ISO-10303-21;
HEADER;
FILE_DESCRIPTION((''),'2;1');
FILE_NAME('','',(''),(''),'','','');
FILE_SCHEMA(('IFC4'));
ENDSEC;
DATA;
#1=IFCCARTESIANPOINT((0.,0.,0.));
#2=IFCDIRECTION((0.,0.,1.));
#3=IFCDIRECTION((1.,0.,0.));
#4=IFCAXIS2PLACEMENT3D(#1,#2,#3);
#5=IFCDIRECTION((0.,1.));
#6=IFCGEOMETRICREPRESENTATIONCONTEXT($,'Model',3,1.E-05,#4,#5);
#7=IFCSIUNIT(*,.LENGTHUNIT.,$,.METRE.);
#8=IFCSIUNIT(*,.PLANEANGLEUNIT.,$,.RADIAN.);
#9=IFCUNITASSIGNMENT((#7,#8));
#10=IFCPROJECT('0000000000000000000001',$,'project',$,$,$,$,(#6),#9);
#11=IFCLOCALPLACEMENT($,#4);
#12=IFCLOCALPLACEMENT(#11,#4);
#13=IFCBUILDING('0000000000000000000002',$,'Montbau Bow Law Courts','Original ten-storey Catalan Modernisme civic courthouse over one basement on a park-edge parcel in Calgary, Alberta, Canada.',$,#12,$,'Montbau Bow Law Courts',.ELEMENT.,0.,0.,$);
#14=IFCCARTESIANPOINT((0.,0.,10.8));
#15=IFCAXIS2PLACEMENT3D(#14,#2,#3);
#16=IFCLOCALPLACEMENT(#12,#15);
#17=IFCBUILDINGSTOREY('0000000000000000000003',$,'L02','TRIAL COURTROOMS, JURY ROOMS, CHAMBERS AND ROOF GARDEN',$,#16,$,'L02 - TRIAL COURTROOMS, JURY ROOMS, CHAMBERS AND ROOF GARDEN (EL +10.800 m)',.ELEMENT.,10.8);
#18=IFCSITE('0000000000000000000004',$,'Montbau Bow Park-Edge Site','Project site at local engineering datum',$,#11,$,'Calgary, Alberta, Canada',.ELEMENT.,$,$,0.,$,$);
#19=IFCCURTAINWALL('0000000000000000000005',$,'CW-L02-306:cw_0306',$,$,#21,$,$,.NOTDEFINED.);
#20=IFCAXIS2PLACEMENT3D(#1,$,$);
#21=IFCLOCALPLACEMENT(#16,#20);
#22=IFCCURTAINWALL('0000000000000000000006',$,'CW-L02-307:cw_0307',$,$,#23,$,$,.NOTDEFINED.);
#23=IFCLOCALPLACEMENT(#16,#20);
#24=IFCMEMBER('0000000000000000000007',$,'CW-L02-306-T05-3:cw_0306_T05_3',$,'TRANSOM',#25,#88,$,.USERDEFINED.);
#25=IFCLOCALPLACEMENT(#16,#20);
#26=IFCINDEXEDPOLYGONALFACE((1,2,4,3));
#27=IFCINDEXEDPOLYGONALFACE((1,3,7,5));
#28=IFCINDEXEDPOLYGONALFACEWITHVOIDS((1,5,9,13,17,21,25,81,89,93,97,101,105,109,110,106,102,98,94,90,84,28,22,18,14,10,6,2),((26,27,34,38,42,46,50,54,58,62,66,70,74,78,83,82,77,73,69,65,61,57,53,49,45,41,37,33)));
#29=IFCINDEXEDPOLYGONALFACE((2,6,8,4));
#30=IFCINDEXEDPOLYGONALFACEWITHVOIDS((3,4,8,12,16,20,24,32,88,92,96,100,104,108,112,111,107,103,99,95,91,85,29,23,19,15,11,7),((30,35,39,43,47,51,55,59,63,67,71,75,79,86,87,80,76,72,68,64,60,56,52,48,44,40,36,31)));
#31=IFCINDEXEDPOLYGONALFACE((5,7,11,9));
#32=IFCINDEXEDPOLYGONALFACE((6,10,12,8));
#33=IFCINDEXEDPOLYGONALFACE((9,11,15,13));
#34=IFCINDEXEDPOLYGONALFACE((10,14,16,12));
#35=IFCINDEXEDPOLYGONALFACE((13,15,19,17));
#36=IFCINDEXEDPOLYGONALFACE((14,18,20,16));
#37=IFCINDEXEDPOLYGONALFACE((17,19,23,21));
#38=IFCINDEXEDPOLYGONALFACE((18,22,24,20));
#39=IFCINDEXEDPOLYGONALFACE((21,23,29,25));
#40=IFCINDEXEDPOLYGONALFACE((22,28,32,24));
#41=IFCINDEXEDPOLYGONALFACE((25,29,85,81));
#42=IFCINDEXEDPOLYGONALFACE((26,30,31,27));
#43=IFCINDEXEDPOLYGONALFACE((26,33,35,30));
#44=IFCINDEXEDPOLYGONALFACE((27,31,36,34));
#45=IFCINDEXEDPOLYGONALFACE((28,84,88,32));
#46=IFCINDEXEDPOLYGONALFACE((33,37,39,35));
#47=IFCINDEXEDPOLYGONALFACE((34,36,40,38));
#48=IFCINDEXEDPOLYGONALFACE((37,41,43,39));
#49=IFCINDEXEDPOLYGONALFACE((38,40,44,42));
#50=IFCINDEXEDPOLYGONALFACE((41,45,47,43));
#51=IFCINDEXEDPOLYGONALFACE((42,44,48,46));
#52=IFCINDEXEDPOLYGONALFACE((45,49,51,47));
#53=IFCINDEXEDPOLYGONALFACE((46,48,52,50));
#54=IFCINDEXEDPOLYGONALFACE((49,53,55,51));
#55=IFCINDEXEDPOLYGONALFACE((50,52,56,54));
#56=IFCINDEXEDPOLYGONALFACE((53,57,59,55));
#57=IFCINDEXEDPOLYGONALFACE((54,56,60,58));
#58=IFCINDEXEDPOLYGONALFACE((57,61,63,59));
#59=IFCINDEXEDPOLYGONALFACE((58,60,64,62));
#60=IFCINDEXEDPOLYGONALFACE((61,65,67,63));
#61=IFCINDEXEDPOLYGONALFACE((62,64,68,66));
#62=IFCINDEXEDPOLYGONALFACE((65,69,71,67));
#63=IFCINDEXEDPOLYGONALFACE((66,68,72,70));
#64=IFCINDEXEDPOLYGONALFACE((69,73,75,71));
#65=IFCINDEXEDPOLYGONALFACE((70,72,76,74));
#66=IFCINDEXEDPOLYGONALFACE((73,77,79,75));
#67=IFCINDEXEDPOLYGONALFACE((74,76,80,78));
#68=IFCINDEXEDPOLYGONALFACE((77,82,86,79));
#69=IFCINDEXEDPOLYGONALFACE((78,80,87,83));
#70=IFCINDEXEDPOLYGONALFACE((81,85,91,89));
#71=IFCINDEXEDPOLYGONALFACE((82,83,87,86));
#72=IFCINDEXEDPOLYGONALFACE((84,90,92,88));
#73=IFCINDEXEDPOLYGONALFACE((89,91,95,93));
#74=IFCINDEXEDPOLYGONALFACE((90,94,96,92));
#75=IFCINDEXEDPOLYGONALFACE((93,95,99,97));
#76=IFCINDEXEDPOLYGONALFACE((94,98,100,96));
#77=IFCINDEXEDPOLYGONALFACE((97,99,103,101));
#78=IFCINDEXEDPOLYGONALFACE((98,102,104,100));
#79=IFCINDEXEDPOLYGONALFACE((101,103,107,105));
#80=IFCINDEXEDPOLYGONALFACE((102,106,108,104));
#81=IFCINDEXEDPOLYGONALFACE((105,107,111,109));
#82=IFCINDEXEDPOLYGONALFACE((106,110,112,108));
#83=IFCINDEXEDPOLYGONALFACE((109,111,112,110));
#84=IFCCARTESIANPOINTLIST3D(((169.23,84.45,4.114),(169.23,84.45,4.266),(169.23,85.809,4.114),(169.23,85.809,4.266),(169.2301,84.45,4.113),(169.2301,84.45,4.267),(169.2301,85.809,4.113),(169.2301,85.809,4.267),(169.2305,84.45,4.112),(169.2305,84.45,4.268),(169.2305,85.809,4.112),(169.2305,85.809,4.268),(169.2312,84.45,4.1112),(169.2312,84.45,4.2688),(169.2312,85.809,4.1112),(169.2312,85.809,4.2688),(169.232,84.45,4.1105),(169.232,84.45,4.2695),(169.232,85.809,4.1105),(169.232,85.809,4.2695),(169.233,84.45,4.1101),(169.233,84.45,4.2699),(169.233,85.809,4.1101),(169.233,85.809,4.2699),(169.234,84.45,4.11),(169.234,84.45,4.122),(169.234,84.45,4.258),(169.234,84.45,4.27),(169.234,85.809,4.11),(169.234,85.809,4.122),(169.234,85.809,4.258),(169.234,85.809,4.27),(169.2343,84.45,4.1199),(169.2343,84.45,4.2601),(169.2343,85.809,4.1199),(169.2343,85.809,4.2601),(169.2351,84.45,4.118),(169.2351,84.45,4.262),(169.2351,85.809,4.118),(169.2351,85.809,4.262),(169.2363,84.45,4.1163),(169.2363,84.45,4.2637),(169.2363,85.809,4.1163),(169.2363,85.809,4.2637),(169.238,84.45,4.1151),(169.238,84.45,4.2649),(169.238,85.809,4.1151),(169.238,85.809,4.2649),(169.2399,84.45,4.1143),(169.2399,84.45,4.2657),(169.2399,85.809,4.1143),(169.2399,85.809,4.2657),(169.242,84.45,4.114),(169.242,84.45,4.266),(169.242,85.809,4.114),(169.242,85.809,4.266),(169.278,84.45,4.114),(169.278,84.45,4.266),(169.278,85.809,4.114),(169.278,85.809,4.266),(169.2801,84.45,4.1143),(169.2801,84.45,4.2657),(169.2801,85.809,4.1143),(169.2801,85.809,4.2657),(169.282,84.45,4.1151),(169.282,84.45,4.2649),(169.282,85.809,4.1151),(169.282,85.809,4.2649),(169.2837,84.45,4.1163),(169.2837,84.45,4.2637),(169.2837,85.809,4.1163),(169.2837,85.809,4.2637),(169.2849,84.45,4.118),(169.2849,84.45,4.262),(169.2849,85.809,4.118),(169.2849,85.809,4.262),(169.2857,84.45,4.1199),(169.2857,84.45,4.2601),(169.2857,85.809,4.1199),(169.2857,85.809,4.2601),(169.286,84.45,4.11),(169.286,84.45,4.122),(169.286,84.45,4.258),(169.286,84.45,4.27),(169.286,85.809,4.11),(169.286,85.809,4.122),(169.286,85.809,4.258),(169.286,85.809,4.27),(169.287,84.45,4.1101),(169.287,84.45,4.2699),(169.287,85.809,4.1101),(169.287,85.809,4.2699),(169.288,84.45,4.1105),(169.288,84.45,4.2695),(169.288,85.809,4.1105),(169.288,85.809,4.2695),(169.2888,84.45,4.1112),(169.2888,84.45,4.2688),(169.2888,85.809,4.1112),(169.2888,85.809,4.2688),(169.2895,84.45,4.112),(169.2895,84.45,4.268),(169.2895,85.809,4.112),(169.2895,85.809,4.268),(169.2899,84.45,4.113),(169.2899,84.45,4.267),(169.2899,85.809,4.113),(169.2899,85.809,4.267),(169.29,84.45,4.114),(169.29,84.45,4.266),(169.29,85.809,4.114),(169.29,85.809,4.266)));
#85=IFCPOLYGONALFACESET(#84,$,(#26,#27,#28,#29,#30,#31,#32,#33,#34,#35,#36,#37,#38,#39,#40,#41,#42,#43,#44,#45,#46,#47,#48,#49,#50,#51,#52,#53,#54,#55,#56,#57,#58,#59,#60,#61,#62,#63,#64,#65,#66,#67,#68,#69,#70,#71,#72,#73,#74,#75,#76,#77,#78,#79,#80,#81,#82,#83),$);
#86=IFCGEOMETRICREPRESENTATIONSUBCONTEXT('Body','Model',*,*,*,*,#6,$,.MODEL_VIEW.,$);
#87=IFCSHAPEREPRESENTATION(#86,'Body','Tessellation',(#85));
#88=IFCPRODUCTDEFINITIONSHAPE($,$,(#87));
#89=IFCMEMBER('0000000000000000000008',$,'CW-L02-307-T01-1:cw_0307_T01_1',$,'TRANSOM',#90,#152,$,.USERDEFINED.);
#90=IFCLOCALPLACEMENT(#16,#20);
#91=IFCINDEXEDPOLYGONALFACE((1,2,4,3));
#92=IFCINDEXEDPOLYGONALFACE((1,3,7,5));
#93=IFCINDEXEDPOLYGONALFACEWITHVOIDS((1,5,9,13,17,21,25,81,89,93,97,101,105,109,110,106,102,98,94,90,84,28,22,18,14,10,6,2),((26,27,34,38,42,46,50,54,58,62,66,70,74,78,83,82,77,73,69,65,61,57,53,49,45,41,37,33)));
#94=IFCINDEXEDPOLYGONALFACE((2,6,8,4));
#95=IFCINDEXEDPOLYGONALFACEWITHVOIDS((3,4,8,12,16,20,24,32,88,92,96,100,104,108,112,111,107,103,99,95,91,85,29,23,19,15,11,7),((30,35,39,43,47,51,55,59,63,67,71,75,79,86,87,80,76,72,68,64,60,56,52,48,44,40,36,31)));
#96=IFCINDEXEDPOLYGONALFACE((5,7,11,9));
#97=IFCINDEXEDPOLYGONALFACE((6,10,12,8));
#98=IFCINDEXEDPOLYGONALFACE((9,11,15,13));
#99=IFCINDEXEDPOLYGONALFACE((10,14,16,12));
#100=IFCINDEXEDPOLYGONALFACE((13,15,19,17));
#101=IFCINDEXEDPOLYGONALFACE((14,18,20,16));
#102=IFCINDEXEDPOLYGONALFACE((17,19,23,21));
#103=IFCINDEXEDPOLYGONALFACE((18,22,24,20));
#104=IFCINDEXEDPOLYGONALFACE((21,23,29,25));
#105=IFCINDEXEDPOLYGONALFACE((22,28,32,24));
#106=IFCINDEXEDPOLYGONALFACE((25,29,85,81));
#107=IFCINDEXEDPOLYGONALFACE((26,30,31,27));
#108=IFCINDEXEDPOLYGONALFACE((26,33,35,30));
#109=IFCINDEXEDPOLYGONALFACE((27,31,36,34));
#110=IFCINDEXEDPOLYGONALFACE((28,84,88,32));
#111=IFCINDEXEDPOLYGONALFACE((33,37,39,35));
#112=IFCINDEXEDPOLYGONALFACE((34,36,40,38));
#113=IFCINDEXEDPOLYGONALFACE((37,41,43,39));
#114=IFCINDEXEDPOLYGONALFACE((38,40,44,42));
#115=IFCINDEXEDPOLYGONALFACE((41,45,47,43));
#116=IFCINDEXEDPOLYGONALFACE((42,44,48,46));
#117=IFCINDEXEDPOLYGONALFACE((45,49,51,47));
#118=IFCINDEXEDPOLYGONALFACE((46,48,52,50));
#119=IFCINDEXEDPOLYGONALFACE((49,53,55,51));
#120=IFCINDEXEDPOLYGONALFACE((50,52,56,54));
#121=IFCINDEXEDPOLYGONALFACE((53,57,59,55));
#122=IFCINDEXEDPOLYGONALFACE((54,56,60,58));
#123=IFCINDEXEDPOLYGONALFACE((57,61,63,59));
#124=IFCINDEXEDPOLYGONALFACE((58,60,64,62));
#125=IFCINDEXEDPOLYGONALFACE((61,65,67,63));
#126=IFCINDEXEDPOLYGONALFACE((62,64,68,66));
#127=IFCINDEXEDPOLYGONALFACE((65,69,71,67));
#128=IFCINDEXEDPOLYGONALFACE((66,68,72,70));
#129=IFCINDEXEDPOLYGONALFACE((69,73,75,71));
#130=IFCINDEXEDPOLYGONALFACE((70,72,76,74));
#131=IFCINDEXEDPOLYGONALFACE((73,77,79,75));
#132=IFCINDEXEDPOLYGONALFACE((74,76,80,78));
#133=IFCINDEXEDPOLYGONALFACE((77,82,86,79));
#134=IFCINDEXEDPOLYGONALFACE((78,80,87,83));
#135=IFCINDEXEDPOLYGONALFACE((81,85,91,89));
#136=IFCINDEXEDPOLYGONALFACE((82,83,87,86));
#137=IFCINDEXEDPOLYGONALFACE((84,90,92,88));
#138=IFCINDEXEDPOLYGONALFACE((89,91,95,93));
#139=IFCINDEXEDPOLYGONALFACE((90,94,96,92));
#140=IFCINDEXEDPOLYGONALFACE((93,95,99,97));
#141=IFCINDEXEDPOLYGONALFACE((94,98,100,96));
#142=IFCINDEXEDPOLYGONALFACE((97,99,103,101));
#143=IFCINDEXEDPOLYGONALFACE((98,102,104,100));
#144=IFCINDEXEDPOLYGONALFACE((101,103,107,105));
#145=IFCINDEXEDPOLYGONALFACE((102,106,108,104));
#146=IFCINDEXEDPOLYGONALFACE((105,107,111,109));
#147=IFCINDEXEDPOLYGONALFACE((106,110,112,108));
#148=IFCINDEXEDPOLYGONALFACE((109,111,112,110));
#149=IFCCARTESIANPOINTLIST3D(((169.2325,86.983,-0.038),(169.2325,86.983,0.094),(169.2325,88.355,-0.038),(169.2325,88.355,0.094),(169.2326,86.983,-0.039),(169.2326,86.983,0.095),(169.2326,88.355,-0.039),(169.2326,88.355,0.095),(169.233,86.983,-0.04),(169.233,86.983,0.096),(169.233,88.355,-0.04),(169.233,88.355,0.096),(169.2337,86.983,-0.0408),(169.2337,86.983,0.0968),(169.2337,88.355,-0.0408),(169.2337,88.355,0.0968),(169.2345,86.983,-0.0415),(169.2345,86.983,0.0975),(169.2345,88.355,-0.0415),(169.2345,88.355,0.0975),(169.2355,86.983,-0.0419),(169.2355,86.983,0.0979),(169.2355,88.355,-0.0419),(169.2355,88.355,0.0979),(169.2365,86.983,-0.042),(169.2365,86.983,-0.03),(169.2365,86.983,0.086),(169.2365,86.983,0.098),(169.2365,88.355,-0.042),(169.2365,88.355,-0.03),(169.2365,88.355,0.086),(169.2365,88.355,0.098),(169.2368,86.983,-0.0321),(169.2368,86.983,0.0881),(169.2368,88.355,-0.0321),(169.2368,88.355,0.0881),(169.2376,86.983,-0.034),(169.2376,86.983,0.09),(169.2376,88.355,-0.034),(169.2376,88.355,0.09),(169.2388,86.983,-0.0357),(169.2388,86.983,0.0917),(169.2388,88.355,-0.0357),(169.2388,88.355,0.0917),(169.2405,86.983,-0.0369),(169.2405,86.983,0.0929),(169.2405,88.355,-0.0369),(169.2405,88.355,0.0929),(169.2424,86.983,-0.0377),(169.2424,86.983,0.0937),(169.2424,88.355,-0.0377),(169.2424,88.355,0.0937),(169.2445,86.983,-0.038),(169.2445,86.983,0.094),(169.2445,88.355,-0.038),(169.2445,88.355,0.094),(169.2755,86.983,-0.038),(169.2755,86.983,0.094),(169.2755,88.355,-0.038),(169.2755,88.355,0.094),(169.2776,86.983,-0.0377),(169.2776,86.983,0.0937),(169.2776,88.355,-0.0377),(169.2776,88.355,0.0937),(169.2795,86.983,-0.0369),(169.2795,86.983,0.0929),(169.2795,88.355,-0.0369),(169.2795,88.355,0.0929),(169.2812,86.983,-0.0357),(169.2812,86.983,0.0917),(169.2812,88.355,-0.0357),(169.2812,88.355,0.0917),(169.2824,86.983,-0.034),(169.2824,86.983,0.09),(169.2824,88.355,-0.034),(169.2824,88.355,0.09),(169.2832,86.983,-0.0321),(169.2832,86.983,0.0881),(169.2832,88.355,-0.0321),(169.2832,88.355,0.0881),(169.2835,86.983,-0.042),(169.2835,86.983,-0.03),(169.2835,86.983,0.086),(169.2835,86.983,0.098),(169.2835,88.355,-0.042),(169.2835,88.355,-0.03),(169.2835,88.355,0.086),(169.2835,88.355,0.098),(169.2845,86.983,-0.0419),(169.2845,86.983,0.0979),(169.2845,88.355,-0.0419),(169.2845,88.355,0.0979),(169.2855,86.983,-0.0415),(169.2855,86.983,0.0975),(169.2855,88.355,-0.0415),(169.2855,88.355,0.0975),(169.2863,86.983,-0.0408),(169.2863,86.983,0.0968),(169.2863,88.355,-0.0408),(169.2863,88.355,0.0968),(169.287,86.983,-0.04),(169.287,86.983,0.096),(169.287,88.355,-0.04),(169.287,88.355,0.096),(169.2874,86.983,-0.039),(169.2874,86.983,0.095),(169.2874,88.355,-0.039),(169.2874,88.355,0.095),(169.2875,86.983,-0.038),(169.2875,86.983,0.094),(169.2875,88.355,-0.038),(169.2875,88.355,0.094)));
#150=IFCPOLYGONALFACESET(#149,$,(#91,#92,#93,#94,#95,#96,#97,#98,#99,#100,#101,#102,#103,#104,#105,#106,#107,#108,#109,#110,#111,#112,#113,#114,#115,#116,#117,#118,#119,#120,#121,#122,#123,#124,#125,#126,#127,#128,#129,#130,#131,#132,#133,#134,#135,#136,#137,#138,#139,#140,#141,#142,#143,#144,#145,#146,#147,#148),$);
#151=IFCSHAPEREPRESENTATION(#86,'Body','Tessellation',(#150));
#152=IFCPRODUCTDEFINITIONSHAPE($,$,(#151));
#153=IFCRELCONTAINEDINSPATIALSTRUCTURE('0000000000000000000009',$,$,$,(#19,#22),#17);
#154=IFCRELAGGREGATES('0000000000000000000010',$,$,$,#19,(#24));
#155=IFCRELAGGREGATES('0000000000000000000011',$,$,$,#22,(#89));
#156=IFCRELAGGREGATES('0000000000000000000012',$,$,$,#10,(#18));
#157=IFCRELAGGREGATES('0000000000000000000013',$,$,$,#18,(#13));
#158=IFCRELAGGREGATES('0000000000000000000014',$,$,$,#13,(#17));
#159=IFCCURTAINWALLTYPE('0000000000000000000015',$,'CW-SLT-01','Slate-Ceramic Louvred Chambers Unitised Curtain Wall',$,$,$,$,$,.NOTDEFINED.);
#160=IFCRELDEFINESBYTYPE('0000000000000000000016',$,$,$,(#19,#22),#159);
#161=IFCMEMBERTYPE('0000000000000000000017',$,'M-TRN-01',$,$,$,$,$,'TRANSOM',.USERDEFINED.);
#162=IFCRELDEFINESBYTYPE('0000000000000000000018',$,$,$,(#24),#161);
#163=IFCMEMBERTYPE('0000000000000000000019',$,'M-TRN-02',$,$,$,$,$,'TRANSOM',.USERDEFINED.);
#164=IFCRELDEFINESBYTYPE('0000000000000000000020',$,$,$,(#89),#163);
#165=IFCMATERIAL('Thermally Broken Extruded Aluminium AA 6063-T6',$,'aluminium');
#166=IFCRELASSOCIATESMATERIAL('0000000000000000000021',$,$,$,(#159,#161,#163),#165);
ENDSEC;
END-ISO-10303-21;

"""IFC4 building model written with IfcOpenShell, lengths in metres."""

from ifc_helpers import new_model, si_unit, direction, frame, origin_with_axes, origin_2d_with_axis, place, context, subcontext, project, spatial, hollow_rectangle, extrude, material, material_profile, profile_set, type_object, element, aggregate, save


model = new_model("IFC4")

# Units and contexts
model_context = context("Model", 3, precision=1e-05, world=origin_with_axes(), true_north=direction((0.0, 1.0)))
body_context = subcontext(model_context, "Body", "Model", "MODEL_VIEW")
ifc_project = project(units=[si_unit("LENGTHUNIT", "METRE"), si_unit("PLANEANGLEUNIT", "RADIAN")], contexts=[model_context])

# Site, building, storey
site_placement = place(None, origin_with_axes())
site = spatial("IfcSite", under=ifc_project, at=site_placement, Name="Montbau Bow Park-Edge Site", Description="Project site at local engineering datum", LongName="Calgary, Alberta, Canada", CompositionType="ELEMENT", RefElevation=0.0)
building_placement = place(site_placement, origin_with_axes())
building = spatial("IfcBuilding", under=site, at=building_placement, Name="Montbau Bow Law Courts", Description="Original ten-storey Catalan Modernisme civic courthouse over one basement on a park-edge parcel in Calgary, Alberta, Canada.", LongName="Montbau Bow Law Courts", CompositionType="ELEMENT", ElevationOfRefHeight=0.0, ElevationOfTerrain=0.0)
storey_placement = place(building_placement, frame((0.0, 0.0, 10.8), z_axis=(0.0, 0.0, 1.0), x_axis=(1.0, 0.0, 0.0)))
storey = spatial("IfcBuildingStorey", under=building, at=storey_placement, Name="L02", Description="TRIAL COURTROOMS, JURY ROOMS, CHAMBERS AND ROOF GARDEN", LongName="L02 - TRIAL COURTROOMS, JURY ROOMS, CHAMBERS AND ROOF GARDEN (EL +10.800 m)", CompositionType="ELEMENT", Elevation=10.8)

# Curtain wall
ifc_material_1 = material(Name="Thermally Broken Extruded Aluminium AA 6063-T6", Category="aluminium")
curtain_wall_type = type_object("IfcCurtainWallType", Name="CW-SLT-01", Description="Slate-Ceramic Louvred Chambers Unitised Curtain Wall", PredefinedType="NOTDEFINED", material=ifc_material_1)
curtain_wall_1_placement = place(None, frame((169.26, 78.515, 10.8), z_axis=(0.0, 0.0, 1.0), x_axis=(1.0, 0.0, 0.0)))
curtain_wall_1 = element("IfcCurtainWall", 1, at=curtain_wall_1_placement, inside=storey, type_object=curtain_wall_type, Name="CW-L02-306:cw_0306", PredefinedType="NOTDEFINED")

# Curtain wall
curtain_wall_2_placement = place(None, frame((169.26, 86.915, 10.8), z_axis=(0.0, 0.0, 1.0), x_axis=(1.0, 0.0, 0.0)))
curtain_wall_2 = element("IfcCurtainWall", 2, at=curtain_wall_2_placement, inside=storey, type_object=curtain_wall_type, Name="CW-L02-307:cw_0307", PredefinedType="NOTDEFINED")

# Members
ifc_material_profile_1 = material_profile(ifc_material_1, hollow_rectangle(XDim=0.06, YDim=0.16, WallThickness=0.004, InnerFilletRadius=0.008, OuterFilletRadius=0.004, at=origin_2d_with_axis()), Name="CWT-160X60", Category="Main", Priority=0)
ifc_profile_set_1 = profile_set([ifc_material_profile_1], Name="Thermally Broken Extruded Aluminium AA 6063-T6")
member_type_1 = type_object("IfcMemberType", Name="M-TRN-01", ElementType="TRANSOM", PredefinedType="USERDEFINED", material=ifc_profile_set_1)
member_1_placement = place(None, frame((169.26, 84.45, 14.99), z_axis=(0.0, 1.0, 0.0), x_axis=(-1.0, 0.0, 0.0)))
member_1 = element("IfcMember", 3, at=member_1_placement, type_object=member_type_1, Name="CW-L02-306-T05-3:cw_0306_T05_3", ObjectType="TRANSOM", PredefinedType="USERDEFINED", context=body_context, shape_type="SweptSolid", body=[
    extrude(hollow_rectangle(XDim=0.06, YDim=0.16, WallThickness=0.004, InnerFilletRadius=0.008, OuterFilletRadius=0.004, at=origin_2d_with_axis()), origin_with_axes(), (0.0, 0.0, 1.0), 1.359),
])
ifc_material_profile_2 = material_profile(ifc_material_1, hollow_rectangle(XDim=0.055, YDim=0.14, WallThickness=0.004, InnerFilletRadius=0.008, OuterFilletRadius=0.004, at=origin_2d_with_axis()), Name="CWT-140X55", Category="Main", Priority=0)
ifc_profile_set_2 = profile_set([ifc_material_profile_2], Name="Thermally Broken Extruded Aluminium AA 6063-T6")
member_type_2 = type_object("IfcMemberType", Name="M-TRN-02", ElementType="TRANSOM", PredefinedType="USERDEFINED", material=ifc_profile_set_2)
member_2_placement = place(None, frame((169.26, 86.983, 10.828), z_axis=(0.0, 1.0, 0.0), x_axis=(-1.0, 0.0, 0.0)))
member_2 = element("IfcMember", 4, at=member_2_placement, type_object=member_type_2, Name="CW-L02-307-T01-1:cw_0307_T01_1", ObjectType="TRANSOM", PredefinedType="USERDEFINED", context=body_context, shape_type="SweptSolid", body=[
    extrude(hollow_rectangle(XDim=0.055, YDim=0.14, WallThickness=0.004, InnerFilletRadius=0.008, OuterFilletRadius=0.004, at=origin_2d_with_axis()), origin_with_axes(), (0.0, 0.0, 1.0), 1.372),
])

aggregate(curtain_wall_1, [member_1])
aggregate(curtain_wall_2, [member_2])

save(model, "model.ifc")
